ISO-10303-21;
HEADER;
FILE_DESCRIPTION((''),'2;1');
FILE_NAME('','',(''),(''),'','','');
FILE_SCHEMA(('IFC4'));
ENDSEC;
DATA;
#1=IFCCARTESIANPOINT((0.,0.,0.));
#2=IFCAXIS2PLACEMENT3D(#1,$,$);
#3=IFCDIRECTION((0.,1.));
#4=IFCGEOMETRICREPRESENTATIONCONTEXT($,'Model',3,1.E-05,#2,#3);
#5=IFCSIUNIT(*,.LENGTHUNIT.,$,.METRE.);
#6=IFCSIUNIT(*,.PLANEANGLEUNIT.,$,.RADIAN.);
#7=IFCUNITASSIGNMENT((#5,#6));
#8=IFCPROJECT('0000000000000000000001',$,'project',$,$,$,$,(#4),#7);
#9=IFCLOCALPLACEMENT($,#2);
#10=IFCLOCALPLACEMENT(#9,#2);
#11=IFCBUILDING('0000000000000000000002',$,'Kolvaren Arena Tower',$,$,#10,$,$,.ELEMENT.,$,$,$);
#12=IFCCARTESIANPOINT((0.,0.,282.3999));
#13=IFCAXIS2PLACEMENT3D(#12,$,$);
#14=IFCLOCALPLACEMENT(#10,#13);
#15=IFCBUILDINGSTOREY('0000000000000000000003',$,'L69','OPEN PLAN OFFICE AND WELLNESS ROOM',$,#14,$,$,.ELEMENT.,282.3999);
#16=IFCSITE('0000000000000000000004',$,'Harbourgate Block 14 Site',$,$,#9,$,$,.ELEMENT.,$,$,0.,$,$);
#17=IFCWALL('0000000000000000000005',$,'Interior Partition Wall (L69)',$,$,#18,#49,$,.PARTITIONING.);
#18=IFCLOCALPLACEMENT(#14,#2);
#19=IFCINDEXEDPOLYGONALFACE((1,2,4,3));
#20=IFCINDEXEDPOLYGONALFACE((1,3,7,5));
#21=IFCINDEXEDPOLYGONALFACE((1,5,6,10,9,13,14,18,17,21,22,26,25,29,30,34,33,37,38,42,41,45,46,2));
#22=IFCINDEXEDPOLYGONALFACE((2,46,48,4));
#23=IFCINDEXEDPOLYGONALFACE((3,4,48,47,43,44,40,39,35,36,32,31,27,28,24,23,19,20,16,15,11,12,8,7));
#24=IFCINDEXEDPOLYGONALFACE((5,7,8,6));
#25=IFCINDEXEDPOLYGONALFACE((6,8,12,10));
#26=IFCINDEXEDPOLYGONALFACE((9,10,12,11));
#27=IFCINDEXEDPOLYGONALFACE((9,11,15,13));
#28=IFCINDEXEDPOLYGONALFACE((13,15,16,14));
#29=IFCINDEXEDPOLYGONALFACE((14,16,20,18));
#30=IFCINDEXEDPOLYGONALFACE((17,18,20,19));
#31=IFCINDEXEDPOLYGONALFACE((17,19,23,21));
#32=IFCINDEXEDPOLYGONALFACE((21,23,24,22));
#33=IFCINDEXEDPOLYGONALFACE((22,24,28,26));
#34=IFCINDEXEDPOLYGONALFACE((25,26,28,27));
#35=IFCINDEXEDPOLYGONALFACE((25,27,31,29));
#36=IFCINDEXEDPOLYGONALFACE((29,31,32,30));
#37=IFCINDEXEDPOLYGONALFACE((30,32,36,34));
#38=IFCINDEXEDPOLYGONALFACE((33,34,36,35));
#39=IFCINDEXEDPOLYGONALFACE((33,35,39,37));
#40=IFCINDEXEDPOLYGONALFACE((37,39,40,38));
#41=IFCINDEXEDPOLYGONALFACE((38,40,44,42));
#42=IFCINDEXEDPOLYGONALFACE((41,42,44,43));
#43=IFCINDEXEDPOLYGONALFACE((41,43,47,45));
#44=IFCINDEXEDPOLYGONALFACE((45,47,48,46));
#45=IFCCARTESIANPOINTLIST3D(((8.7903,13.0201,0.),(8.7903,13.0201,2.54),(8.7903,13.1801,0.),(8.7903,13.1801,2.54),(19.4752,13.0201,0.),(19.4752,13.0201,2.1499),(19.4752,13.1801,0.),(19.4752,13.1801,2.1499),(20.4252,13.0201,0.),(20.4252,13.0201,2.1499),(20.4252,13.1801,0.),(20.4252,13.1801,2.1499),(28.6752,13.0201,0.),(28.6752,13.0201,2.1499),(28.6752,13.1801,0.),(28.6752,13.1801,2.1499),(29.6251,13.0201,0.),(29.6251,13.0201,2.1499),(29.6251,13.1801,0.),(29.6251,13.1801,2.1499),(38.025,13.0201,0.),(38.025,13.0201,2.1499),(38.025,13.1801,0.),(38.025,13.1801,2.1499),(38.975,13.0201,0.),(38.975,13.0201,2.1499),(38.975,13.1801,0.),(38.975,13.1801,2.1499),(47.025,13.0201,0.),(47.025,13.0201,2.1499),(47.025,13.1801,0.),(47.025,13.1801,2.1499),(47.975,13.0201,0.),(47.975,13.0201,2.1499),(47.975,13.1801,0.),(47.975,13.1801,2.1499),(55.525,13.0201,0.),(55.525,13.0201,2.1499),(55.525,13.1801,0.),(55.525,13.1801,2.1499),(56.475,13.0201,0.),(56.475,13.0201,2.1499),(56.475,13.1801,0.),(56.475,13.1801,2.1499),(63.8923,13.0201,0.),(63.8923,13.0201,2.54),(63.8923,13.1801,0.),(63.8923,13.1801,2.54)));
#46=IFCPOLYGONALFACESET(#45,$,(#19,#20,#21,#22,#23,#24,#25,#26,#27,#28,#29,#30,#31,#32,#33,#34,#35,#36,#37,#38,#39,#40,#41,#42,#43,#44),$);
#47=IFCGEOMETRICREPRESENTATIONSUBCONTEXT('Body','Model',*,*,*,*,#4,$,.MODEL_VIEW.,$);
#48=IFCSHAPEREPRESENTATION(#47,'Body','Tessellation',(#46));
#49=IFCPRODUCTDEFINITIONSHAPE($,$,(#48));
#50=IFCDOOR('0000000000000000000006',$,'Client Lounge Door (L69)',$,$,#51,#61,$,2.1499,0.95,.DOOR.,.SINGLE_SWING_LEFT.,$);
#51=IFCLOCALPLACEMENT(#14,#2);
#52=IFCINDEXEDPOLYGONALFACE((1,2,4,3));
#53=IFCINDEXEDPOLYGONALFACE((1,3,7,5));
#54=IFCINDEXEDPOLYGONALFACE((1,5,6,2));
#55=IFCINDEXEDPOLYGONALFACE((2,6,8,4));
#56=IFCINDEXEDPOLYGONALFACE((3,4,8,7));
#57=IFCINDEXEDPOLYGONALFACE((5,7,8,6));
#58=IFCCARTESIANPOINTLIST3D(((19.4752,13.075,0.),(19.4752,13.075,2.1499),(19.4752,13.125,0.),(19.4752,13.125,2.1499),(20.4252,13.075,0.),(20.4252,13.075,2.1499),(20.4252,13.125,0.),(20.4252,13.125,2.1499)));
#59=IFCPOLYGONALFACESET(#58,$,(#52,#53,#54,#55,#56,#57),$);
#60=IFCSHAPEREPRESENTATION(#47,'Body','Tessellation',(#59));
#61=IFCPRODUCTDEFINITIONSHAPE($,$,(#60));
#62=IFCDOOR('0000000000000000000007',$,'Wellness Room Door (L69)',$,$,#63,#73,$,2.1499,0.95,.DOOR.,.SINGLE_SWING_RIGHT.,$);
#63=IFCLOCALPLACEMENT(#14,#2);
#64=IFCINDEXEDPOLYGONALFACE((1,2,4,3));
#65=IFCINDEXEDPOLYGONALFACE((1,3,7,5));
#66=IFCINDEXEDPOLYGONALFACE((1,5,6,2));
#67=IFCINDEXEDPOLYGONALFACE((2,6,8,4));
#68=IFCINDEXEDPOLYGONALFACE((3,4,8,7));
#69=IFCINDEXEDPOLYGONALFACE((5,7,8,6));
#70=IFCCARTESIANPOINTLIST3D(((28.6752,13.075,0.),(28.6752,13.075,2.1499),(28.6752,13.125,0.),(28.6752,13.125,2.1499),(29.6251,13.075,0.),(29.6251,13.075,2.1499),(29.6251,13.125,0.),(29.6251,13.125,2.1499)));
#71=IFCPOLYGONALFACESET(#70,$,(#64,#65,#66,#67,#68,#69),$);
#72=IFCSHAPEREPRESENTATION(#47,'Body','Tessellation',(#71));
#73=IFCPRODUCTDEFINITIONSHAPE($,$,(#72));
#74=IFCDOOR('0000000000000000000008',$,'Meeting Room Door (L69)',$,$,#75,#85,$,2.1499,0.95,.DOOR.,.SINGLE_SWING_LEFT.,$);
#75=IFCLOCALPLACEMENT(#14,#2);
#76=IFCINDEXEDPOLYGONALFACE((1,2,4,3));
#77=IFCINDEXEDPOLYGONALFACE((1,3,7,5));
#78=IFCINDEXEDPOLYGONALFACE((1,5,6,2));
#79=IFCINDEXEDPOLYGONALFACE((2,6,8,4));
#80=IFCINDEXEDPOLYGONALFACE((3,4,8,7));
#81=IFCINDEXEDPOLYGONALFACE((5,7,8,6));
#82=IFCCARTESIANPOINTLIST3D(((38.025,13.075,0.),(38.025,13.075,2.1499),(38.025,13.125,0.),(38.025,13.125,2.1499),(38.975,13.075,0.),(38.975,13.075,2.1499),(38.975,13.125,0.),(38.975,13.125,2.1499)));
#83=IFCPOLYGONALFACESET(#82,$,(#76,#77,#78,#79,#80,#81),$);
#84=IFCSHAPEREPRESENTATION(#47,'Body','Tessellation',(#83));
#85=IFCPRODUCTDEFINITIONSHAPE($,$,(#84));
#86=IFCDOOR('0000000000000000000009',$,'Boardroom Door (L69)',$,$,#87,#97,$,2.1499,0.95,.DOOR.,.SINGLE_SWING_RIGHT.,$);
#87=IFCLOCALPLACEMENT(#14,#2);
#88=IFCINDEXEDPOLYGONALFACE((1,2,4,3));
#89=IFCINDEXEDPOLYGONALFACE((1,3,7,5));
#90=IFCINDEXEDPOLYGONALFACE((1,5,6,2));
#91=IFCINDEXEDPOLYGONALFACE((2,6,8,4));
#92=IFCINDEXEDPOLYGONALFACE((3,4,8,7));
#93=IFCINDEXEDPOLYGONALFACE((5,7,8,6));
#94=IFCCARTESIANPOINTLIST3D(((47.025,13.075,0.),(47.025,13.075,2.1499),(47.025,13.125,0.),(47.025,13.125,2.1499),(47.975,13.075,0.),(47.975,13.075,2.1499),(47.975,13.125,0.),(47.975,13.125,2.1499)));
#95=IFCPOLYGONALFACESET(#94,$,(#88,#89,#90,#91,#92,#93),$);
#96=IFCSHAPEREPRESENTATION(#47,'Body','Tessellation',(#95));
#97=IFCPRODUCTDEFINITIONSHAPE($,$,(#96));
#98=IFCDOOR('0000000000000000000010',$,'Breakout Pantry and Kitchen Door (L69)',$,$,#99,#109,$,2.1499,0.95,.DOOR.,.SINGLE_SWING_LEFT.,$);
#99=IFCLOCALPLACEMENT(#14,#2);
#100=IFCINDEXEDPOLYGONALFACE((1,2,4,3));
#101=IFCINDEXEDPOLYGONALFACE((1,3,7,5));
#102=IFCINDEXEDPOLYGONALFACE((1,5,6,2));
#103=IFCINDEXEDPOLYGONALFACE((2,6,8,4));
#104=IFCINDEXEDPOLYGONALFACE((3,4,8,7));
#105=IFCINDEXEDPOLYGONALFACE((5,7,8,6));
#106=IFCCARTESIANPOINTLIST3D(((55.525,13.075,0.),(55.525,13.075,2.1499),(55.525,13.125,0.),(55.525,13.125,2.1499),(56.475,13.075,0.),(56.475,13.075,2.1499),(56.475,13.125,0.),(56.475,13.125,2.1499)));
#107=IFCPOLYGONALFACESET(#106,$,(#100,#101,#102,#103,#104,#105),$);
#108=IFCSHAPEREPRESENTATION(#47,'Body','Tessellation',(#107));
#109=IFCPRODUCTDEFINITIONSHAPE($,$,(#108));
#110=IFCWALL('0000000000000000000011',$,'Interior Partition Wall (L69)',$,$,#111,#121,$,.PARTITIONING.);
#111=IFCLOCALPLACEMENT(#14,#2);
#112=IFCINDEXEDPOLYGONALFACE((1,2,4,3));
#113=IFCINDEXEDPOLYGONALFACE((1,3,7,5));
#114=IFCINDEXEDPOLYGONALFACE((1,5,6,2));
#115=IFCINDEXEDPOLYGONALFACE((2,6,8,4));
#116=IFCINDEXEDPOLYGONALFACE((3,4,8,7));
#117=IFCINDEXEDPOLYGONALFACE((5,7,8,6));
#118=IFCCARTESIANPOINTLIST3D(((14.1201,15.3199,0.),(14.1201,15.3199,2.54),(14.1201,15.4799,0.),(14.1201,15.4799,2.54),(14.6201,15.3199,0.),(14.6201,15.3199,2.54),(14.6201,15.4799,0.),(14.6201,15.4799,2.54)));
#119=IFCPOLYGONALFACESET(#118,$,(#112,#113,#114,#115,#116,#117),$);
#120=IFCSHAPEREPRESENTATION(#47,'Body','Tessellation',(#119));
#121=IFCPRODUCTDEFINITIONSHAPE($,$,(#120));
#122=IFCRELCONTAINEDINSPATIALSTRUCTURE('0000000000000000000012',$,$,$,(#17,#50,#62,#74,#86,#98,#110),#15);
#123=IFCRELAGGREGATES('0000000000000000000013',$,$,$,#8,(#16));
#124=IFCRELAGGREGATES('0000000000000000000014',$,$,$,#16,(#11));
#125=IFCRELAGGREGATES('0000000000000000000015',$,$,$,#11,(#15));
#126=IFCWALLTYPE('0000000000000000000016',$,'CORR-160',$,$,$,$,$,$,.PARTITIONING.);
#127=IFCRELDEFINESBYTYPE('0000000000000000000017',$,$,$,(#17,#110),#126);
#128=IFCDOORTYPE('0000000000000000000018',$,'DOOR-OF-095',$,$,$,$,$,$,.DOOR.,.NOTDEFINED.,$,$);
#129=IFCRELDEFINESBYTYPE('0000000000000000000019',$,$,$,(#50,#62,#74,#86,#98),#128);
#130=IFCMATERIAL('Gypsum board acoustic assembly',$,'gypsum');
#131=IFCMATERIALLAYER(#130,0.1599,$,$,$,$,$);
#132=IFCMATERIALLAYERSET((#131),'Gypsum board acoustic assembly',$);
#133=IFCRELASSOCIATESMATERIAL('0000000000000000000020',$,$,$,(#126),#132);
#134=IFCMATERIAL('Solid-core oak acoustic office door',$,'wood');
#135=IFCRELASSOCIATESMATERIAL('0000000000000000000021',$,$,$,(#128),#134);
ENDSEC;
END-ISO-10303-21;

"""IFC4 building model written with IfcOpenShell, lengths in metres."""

from ifc_helpers import new_model, si_unit, direction, frame, frame_2d, origin, place, context, subcontext, project, spatial, rectangle, extrude, material, layer, layer_set, type_object, element, fill, save


model = new_model("IFC4")

# Units and contexts
model_context = context("Model", 3, precision=1e-05, world=origin(), true_north=direction((0.0, 1.0)))
body_context = subcontext(model_context, "Body", "Model", "MODEL_VIEW")
ifc_project = project(units=[si_unit("LENGTHUNIT", "METRE"), si_unit("PLANEANGLEUNIT", "RADIAN")], contexts=[model_context])

# Site, building, storey
site_placement = place(None, origin())
site = spatial("IfcSite", under=ifc_project, at=site_placement, Name="Harbourgate Block 14 Site", CompositionType="ELEMENT", RefElevation=0.0)
building_placement = place(site_placement, origin())
building = spatial("IfcBuilding", under=site, at=building_placement, Name="Kolvaren Arena Tower", CompositionType="ELEMENT")
storey_placement = place(building_placement, frame((0.0, 0.0, 282.3999)))
storey = spatial("IfcBuildingStorey", under=building, at=storey_placement, Name="L69", Description="OPEN PLAN OFFICE AND WELLNESS ROOM", CompositionType="ELEMENT", Elevation=282.3999)

# Wall, openings, doors
ifc_material_1 = material(Name="Gypsum board acoustic assembly", Category="gypsum")
ifc_layer_1 = layer(ifc_material_1, 0.1599)
ifc_layer_set_1 = layer_set([ifc_layer_1], Name="Gypsum board acoustic assembly")
wall_type_1 = type_object("IfcWallType", Name="CORR-160", PredefinedType="PARTITIONING", material=ifc_layer_set_1)
wall_1_placement = place(storey_placement, frame((8.7903, 13.1001, 0.0), z_axis=(0.0, 0.0, 1.0), x_axis=(1.0, 0.0, 0.0)))
wall_1 = element("IfcWall", 1, at=wall_1_placement, inside=storey, type_object=wall_type_1, Name="Interior Partition Wall (L69)", PredefinedType="PARTITIONING", context=body_context, shape_type="SweptSolid", body=[
    extrude(rectangle(XDim=55.1021, YDim=0.1599, at=frame_2d((27.551, 0.0))), origin(), (0.0, 0.0, 1.0), 2.54),
])
opening_1_placement = place(wall_1_placement, frame((10.6848, 0.0, 0.0)))
opening_1 = element("IfcOpeningElement", 2, at=opening_1_placement, cuts=wall_1, PredefinedType="OPENING", context=body_context, shape_type="SweptSolid", body=[
    extrude(rectangle(XDim=0.95, YDim=2.1499, at=frame_2d((0.4751, 1.075))), frame((0.0, 0.0898, 0.0), z_axis=(0.0, -1.0, 0.0), x_axis=(1.0, 0.0, 0.0)), (0.0, 0.0, 1.0), 0.1799),
])
opening_2_placement = place(wall_1_placement, frame((19.8848, 0.0, 0.0)))
opening_2 = element("IfcOpeningElement", 3, at=opening_2_placement, cuts=wall_1, PredefinedType="OPENING", context=body_context, shape_type="SweptSolid", body=[
    extrude(rectangle(XDim=0.95, YDim=2.1499, at=frame_2d((0.4751, 1.075))), frame((0.0, 0.0898, 0.0), z_axis=(0.0, -1.0, 0.0), x_axis=(1.0, 0.0, 0.0)), (0.0, 0.0, 1.0), 0.1799),
])
opening_3_placement = place(wall_1_placement, frame((29.2346, 0.0, 0.0)))
opening_3 = element("IfcOpeningElement", 4, at=opening_3_placement, cuts=wall_1, PredefinedType="OPENING", context=body_context, shape_type="SweptSolid", body=[
    extrude(rectangle(XDim=0.95, YDim=2.1499, at=frame_2d((0.4751, 1.075))), frame((0.0, 0.0898, 0.0), z_axis=(0.0, -1.0, 0.0), x_axis=(1.0, 0.0, 0.0)), (0.0, 0.0, 1.0), 0.1799),
])
opening_4_placement = place(wall_1_placement, frame((38.2346, 0.0, 0.0)))
opening_4 = element("IfcOpeningElement", 5, at=opening_4_placement, cuts=wall_1, PredefinedType="OPENING", context=body_context, shape_type="SweptSolid", body=[
    extrude(rectangle(XDim=0.95, YDim=2.1499, at=frame_2d((0.4751, 1.075))), frame((0.0, 0.0898, 0.0), z_axis=(0.0, -1.0, 0.0), x_axis=(1.0, 0.0, 0.0)), (0.0, 0.0, 1.0), 0.1799),
])
opening_5_placement = place(wall_1_placement, frame((46.7346, 0.0, 0.0)))
opening_5 = element("IfcOpeningElement", 6, at=opening_5_placement, cuts=wall_1, PredefinedType="OPENING", context=body_context, shape_type="SweptSolid", body=[
    extrude(rectangle(XDim=0.95, YDim=2.1499, at=frame_2d((0.4751, 1.075))), frame((0.0, 0.0898, 0.0), z_axis=(0.0, -1.0, 0.0), x_axis=(1.0, 0.0, 0.0)), (0.0, 0.0, 1.0), 0.1799),
])
ifc_material_2 = material(Name="Solid-core oak acoustic office door", Category="wood")
door_type_1 = type_object("IfcDoorType", Name="DOOR-OF-095", OperationType="NOTDEFINED", PredefinedType="DOOR", material=ifc_material_2)
door_1_placement = place(opening_1_placement, origin())
door_1 = element("IfcDoor", 7, at=door_1_placement, inside=storey, type_object=door_type_1, Name="Client Lounge Door (L69)", OperationType="SINGLE_SWING_LEFT", OverallHeight=2.1499, OverallWidth=0.95, PredefinedType="DOOR", context=body_context, shape_type="SweptSolid", body=[
    extrude(rectangle(XDim=0.95, YDim=2.1499, at=frame_2d((0.4751, 1.075))), frame((0.0, 0.0249, 0.0), z_axis=(0.0, -1.0, 0.0), x_axis=(1.0, 0.0, 0.0)), (0.0, 0.0, 1.0), 0.05),
])
fill(opening_1, door_1)
door_2_placement = place(opening_2_placement, origin())
door_2 = element("IfcDoor", 8, at=door_2_placement, inside=storey, type_object=door_type_1, Name="Wellness Room Door (L69)", OperationType="SINGLE_SWING_RIGHT", OverallHeight=2.1499, OverallWidth=0.95, PredefinedType="DOOR", context=body_context, shape_type="SweptSolid", body=[
    extrude(rectangle(XDim=0.95, YDim=2.1499, at=frame_2d((0.4751, 1.075))), frame((0.0, 0.0249, 0.0), z_axis=(0.0, -1.0, 0.0), x_axis=(1.0, 0.0, 0.0)), (0.0, 0.0, 1.0), 0.05),
])
fill(opening_2, door_2)
door_3_placement = place(opening_3_placement, origin())
door_3 = element("IfcDoor", 9, at=door_3_placement, inside=storey, type_object=door_type_1, Name="Meeting Room Door (L69)", OperationType="SINGLE_SWING_LEFT", OverallHeight=2.1499, OverallWidth=0.95, PredefinedType="DOOR", context=body_context, shape_type="SweptSolid", body=[
    extrude(rectangle(XDim=0.95, YDim=2.1499, at=frame_2d((0.4751, 1.075))), frame((0.0, 0.0249, 0.0), z_axis=(0.0, -1.0, 0.0), x_axis=(1.0, 0.0, 0.0)), (0.0, 0.0, 1.0), 0.05),
])
fill(opening_3, door_3)
door_4_placement = place(opening_4_placement, origin())
door_4 = element("IfcDoor", 10, at=door_4_placement, inside=storey, type_object=door_type_1, Name="Boardroom Door (L69)", OperationType="SINGLE_SWING_RIGHT", OverallHeight=2.1499, OverallWidth=0.95, PredefinedType="DOOR", context=body_context, shape_type="SweptSolid", body=[
    extrude(rectangle(XDim=0.95, YDim=2.1499, at=frame_2d((0.4751, 1.075))), frame((0.0, 0.0249, 0.0), z_axis=(0.0, -1.0, 0.0), x_axis=(1.0, 0.0, 0.0)), (0.0, 0.0, 1.0), 0.05),
])
fill(opening_4, door_4)
door_5_placement = place(opening_5_placement, origin())
door_5 = element("IfcDoor", 11, at=door_5_placement, inside=storey, type_object=door_type_1, Name="Breakout Pantry and Kitchen Door (L69)", OperationType="SINGLE_SWING_LEFT", OverallHeight=2.1499, OverallWidth=0.95, PredefinedType="DOOR", context=body_context, shape_type="SweptSolid", body=[
    extrude(rectangle(XDim=0.95, YDim=2.1499, at=frame_2d((0.4751, 1.075))), frame((0.0, 0.0249, 0.0), z_axis=(0.0, -1.0, 0.0), x_axis=(1.0, 0.0, 0.0)), (0.0, 0.0, 1.0), 0.05),
])
fill(opening_5, door_5)

# Wall
wall_2_placement = place(storey_placement, frame((14.1201, 15.3999, 0.0), z_axis=(0.0, 0.0, 1.0), x_axis=(1.0, 0.0, 0.0)))
element("IfcWall", 12, at=wall_2_placement, inside=storey, type_object=wall_type_1, Name="Interior Partition Wall (L69)", PredefinedType="PARTITIONING", context=body_context, shape_type="SweptSolid", body=[
    extrude(rectangle(XDim=0.5, YDim=0.1599, at=frame_2d((0.25, 0.0))), origin(), (0.0, 0.0, 1.0), 2.54),
])

save(model, "model.ifc")
